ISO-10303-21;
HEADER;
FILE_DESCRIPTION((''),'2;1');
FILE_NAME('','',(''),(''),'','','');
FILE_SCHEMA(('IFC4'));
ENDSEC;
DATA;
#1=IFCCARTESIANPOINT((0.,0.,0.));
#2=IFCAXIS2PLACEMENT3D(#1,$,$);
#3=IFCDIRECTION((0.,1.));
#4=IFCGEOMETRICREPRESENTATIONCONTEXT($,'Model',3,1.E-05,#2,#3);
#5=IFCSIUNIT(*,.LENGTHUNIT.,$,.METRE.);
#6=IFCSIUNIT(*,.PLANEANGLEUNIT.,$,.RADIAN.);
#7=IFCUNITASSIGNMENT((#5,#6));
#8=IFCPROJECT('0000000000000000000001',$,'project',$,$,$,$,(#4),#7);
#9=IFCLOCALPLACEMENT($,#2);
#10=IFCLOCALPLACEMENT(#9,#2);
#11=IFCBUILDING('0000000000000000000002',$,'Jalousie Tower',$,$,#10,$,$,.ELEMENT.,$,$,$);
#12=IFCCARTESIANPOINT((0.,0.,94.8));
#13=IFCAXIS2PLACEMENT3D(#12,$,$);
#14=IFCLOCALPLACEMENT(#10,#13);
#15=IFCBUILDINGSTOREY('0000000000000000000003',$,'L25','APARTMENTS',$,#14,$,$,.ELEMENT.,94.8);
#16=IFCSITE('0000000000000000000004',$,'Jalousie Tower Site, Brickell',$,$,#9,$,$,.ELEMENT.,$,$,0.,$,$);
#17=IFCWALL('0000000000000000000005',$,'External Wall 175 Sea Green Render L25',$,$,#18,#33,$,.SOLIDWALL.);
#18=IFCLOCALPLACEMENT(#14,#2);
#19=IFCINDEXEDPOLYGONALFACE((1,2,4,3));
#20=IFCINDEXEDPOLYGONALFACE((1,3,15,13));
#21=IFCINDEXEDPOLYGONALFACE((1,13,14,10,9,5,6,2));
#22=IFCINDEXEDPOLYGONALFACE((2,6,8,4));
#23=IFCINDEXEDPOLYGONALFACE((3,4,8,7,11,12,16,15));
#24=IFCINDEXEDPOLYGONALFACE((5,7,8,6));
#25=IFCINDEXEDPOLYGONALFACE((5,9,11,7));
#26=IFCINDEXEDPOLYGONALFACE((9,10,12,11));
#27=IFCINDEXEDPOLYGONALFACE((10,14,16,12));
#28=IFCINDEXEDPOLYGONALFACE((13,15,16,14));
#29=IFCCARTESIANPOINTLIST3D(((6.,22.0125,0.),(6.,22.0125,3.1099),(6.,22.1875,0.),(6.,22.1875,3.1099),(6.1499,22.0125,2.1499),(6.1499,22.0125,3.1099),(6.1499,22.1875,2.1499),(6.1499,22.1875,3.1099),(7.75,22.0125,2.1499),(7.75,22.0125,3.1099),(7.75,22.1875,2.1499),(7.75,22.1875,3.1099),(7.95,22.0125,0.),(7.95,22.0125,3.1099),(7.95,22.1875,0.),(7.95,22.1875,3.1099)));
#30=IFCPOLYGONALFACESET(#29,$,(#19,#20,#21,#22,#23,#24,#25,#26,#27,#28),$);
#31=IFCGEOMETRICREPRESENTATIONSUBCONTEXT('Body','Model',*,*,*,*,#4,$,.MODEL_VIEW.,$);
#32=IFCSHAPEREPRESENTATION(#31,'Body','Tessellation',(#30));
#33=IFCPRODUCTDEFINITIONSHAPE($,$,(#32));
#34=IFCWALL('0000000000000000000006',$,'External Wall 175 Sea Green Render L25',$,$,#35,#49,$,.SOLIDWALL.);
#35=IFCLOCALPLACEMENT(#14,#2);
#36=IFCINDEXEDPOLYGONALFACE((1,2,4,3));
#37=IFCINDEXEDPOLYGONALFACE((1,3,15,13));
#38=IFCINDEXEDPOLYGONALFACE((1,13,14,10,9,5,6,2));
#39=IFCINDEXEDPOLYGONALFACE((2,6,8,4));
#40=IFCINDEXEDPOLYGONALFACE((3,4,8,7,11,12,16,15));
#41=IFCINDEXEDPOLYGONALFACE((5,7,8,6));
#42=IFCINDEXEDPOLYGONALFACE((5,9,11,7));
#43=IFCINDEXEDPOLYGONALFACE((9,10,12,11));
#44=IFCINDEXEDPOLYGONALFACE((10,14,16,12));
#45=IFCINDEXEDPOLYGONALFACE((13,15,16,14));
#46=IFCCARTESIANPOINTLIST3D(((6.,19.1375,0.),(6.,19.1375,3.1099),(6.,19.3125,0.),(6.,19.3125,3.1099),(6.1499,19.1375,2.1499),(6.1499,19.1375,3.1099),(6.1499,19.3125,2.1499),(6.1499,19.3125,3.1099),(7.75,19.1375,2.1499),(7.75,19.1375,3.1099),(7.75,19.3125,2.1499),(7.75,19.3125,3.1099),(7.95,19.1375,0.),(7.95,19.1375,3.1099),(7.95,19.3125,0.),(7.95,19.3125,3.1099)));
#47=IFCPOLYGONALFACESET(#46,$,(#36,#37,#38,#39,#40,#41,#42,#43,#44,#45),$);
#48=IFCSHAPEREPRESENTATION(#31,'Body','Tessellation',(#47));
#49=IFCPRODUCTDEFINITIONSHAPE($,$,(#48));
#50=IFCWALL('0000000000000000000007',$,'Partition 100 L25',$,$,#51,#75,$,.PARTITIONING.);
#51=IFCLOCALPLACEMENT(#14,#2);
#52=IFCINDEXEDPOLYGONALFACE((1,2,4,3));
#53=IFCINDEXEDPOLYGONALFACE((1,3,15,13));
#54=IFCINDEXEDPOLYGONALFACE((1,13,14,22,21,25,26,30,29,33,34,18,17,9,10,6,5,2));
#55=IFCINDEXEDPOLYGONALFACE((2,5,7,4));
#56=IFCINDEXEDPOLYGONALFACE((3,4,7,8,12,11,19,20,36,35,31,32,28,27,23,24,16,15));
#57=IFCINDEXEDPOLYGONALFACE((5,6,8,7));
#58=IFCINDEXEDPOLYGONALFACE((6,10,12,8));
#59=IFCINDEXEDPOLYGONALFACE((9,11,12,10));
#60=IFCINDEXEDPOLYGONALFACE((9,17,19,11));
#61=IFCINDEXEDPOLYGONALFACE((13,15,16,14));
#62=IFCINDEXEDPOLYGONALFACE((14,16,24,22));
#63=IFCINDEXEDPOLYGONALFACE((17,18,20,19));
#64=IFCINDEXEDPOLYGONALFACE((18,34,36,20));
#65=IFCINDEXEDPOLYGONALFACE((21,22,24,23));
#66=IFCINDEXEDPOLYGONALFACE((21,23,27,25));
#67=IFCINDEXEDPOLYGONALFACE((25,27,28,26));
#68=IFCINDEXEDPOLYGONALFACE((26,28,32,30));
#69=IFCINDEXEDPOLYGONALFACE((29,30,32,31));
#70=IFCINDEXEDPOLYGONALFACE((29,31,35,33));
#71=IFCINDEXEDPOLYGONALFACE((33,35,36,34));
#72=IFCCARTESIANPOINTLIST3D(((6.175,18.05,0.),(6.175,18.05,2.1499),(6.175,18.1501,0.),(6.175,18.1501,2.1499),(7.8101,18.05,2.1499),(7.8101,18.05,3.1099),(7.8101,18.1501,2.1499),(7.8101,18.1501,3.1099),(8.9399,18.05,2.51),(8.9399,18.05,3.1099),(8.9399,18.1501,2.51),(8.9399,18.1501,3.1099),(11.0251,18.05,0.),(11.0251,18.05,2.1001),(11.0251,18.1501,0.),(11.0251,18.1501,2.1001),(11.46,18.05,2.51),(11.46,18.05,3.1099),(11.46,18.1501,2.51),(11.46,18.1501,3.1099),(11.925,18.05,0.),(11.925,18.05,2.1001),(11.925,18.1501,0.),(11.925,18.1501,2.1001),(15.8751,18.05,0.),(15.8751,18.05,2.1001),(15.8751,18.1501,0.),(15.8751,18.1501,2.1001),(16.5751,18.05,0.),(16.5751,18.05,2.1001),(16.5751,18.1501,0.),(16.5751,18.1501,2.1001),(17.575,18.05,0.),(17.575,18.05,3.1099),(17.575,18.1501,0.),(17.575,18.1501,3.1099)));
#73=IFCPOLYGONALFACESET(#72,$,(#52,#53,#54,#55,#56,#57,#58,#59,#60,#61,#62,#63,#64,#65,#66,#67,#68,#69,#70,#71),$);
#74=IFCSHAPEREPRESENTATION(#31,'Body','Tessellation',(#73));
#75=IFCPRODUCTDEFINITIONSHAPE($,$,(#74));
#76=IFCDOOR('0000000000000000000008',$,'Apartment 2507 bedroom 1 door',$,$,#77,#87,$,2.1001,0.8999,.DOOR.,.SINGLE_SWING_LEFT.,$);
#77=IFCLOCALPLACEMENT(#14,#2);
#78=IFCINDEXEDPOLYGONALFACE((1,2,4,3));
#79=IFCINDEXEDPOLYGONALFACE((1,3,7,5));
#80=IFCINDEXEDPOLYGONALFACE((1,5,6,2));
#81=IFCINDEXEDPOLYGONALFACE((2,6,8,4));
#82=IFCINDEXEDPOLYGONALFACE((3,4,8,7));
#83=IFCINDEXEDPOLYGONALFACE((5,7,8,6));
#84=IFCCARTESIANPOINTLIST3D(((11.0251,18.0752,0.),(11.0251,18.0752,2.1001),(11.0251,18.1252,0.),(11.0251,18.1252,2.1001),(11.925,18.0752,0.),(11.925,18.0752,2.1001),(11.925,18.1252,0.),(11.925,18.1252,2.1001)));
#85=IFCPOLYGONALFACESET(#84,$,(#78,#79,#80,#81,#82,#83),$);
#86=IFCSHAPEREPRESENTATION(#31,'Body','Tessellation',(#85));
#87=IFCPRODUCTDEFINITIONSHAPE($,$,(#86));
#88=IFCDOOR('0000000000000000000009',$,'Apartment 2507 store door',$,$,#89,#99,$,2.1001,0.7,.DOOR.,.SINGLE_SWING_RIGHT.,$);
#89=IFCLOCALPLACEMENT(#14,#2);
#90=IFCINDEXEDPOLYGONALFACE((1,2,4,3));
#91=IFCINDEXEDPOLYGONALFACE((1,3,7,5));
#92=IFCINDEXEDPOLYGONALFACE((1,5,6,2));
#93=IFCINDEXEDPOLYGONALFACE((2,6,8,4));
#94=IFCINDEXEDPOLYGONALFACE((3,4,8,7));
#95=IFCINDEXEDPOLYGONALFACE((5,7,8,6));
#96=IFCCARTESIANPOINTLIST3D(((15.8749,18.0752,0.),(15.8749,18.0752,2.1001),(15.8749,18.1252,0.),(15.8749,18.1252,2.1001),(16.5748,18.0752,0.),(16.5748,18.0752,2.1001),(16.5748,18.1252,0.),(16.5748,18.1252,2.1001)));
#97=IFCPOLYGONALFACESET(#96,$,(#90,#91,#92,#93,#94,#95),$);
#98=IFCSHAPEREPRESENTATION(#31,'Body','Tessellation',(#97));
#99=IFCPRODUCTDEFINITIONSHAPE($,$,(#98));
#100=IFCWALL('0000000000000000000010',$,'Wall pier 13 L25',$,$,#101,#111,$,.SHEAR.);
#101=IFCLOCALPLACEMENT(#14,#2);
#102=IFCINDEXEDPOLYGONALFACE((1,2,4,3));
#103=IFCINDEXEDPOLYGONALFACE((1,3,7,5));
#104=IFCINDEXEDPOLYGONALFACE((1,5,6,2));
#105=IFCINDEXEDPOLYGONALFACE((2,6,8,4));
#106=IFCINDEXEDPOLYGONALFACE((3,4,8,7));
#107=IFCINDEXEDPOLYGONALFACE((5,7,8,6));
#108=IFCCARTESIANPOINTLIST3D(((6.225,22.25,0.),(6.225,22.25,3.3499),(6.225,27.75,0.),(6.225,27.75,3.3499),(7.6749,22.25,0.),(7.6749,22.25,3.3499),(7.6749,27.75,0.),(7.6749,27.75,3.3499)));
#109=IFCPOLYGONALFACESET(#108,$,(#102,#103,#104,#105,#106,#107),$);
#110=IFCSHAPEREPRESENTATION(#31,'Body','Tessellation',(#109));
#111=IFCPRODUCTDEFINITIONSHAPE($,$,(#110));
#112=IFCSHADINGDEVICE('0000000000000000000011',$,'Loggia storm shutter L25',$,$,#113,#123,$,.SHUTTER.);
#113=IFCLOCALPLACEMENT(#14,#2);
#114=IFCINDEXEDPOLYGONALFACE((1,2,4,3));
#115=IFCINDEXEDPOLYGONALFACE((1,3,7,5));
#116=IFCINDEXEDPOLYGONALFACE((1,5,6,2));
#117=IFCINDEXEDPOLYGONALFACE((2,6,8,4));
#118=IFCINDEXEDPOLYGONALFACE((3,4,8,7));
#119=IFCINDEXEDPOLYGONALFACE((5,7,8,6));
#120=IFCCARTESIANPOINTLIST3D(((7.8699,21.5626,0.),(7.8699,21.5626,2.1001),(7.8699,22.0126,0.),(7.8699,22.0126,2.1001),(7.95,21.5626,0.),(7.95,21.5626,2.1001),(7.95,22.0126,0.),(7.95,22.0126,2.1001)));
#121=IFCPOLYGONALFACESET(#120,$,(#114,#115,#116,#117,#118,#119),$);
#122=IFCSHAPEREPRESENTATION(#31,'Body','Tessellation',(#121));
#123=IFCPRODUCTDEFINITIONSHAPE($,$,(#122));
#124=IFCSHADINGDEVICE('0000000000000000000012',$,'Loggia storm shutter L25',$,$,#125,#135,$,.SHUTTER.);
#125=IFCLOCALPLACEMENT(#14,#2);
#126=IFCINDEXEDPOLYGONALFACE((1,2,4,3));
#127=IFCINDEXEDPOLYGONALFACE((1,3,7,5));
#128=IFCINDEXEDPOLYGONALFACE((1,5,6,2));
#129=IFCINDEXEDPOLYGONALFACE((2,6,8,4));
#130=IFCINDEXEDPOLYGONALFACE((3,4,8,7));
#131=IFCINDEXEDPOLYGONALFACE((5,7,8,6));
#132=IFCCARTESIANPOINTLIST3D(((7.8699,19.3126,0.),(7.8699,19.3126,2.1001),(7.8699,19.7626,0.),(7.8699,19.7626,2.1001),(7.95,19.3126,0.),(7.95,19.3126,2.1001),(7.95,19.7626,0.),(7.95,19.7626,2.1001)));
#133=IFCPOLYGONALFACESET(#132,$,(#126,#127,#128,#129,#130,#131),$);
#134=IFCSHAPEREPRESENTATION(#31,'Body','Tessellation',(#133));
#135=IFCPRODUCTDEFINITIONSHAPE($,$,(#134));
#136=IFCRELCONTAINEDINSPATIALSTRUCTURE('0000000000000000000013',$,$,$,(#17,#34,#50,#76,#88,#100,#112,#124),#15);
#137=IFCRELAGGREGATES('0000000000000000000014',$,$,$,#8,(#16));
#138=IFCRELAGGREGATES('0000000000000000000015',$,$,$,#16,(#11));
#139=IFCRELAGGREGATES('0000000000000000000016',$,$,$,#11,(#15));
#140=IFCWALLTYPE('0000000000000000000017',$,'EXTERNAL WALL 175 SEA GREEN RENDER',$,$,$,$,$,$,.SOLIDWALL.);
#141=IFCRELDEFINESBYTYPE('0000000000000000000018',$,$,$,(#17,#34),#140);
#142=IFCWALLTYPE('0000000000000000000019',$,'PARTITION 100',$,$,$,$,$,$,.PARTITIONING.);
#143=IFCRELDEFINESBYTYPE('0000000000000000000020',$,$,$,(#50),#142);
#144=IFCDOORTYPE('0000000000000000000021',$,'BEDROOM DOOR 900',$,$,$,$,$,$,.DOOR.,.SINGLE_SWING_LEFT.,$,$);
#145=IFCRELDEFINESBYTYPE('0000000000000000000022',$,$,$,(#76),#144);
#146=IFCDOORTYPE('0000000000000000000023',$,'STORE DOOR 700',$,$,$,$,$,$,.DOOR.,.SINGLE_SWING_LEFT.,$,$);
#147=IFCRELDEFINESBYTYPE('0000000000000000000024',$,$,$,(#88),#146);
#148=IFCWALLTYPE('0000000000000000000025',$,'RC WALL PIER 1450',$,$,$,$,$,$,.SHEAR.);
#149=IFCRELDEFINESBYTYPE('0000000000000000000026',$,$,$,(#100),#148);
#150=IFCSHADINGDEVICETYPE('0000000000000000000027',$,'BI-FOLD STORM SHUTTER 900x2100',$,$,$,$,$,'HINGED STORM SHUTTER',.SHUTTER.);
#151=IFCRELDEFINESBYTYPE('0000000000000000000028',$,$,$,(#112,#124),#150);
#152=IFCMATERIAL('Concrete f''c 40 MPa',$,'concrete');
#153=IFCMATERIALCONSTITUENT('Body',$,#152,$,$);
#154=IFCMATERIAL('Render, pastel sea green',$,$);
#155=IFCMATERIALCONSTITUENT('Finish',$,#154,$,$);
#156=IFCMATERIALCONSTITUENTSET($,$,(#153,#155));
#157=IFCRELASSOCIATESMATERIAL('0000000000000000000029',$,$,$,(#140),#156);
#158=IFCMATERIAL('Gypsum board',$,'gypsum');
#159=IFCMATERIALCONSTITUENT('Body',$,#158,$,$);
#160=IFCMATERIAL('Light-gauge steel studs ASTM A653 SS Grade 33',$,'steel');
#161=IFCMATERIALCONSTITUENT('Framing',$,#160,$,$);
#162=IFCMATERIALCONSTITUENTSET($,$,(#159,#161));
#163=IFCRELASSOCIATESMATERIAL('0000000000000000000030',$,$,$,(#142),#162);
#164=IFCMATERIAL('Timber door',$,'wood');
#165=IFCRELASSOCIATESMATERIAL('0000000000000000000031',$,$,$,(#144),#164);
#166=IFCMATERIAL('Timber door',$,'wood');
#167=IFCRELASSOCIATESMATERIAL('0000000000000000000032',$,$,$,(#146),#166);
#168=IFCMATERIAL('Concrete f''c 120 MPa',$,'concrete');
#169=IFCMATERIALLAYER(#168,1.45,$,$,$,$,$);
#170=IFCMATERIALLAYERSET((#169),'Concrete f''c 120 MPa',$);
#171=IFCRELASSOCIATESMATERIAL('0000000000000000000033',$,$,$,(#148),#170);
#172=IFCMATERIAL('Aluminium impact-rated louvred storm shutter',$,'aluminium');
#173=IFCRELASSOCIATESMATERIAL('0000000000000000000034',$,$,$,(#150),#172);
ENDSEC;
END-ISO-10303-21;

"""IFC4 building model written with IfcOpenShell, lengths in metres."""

from ifc_helpers import new_model, si_unit, direction, frame, frame_2d, origin, origin_2d, place, context, subcontext, project, spatial, polyline, rectangle, outline, extrude, material, layer, layer_set, constituent, constituent_set, type_object, element, fill, save


model = new_model("IFC4")

# Units and contexts
model_context = context("Model", 3, precision=1e-05, world=origin(), true_north=direction((0.0, 1.0)))
body_context = subcontext(model_context, "Body", "Model", "MODEL_VIEW")
ifc_project = project(units=[si_unit("LENGTHUNIT", "METRE"), si_unit("PLANEANGLEUNIT", "RADIAN")], contexts=[model_context])

# Site, building, storey
site_placement = place(None, origin())
site = spatial("IfcSite", under=ifc_project, at=site_placement, Name="Jalousie Tower Site, Brickell", CompositionType="ELEMENT", RefElevation=0.0)
building_placement = place(site_placement, origin())
building = spatial("IfcBuilding", under=site, at=building_placement, Name="Jalousie Tower", CompositionType="ELEMENT")
storey_placement = place(building_placement, frame((0.0, 0.0, 94.8)))
storey = spatial("IfcBuildingStorey", under=building, at=storey_placement, Name="L25", Description="APARTMENTS", CompositionType="ELEMENT", Elevation=94.8)

# Shared definitions
ifc_material_1 = material(Name="Concrete f'c 40 MPa", Category="concrete")
ifc_constituent_1 = constituent(ifc_material_1, Name="Body")
ifc_material_2 = material(Name="Render, pastel sea green")
ifc_constituent_2 = constituent(ifc_material_2, Name="Finish")
ifc_constituent_set_1 = constituent_set(constituents=[ifc_constituent_1, ifc_constituent_2])
wall_type_1 = type_object("IfcWallType", Name="EXTERNAL WALL 175 SEA GREEN RENDER", PredefinedType="SOLIDWALL", material=ifc_constituent_set_1)

# Walls
for number, where, z_axis, x_axis, name in (
    (1, (6.0, 22.1001, 0.0), (0.0, 0.0, 1.0), (1.0, 0.0, 0.0), "External Wall 175 Sea Green Render L25"),
    (2, (6.0, 19.2251, 0.0), (0.0, 0.0, 1.0), (1.0, 0.0, 0.0), "External Wall 175 Sea Green Render L25"),
):
    element("IfcWall", number, at=place(storey_placement, frame(where, z_axis=z_axis, x_axis=x_axis)), inside=storey, type_object=wall_type_1, Name=name, PredefinedType="SOLIDWALL", context=body_context, shape_type="SweptSolid", body=[
        extrude(outline(polyline([(0.0, 0.0), (1.95, 0.0), (1.95, 3.1099), (1.75, 3.1099), (1.75, 2.1499), (0.1499, 2.1499), (0.1499, 3.1099), (0.0, 3.1099), (0.0, 0.0)])), frame((0.0, 0.0874, 0.0), z_axis=(0.0, -1.0, 0.0), x_axis=(1.0, 0.0, 0.0)), (0.0, 0.0, 1.0), 0.175),
    ])

# Wall, openings, doors
ifc_material_3 = material(Name="Gypsum board", Category="gypsum")
ifc_constituent_3 = constituent(ifc_material_3, Name="Body")
ifc_material_4 = material(Name="Light-gauge steel studs ASTM A653 SS Grade 33", Category="steel")
ifc_constituent_4 = constituent(ifc_material_4, Name="Framing")
ifc_constituent_set_2 = constituent_set(constituents=[ifc_constituent_3, ifc_constituent_4])
wall_type_2 = type_object("IfcWallType", Name="PARTITION 100", PredefinedType="PARTITIONING", material=ifc_constituent_set_2)
wall_1_placement = place(storey_placement, frame((6.175, 18.1001, 0.0), z_axis=(0.0, 0.0, 1.0), x_axis=(1.0, 0.0, 0.0)))
wall_1 = element("IfcWall", 3, at=wall_1_placement, inside=storey, type_object=wall_type_2, Name="Partition 100 L25", PredefinedType="PARTITIONING", context=body_context, shape_type="SweptSolid", body=[
    extrude(outline(polyline([(0.0, 0.0), (11.3999, 0.0), (11.3999, 3.1099), (5.2849, 3.1099), (5.2849, 2.51), (2.7649, 2.51), (2.7649, 3.1099), (1.635, 3.1099), (1.635, 2.1499), (0.0, 2.1499), (0.0, 3.1099), (0.0, 0.0)])), frame((0.0, 0.05, 0.0), z_axis=(0.0, -1.0, 0.0), x_axis=(1.0, 0.0, 0.0)), (0.0, 0.0, 1.0), 0.1001),
])
opening_1_placement = place(wall_1_placement, frame((4.8501, 0.0, 0.0)))
opening_1 = element("IfcOpeningElement", 4, at=opening_1_placement, cuts=wall_1, PredefinedType="OPENING", context=body_context, shape_type="SweptSolid", body=[
    extrude(rectangle(XDim=0.8999, YDim=2.1001, at=frame_2d((0.45, 1.05))), frame((0.0, 0.0601, 0.0), z_axis=(0.0, -1.0, 0.0), x_axis=(1.0, 0.0, 0.0)), (0.0, 0.0, 1.0), 0.1201),
])
opening_2_placement = place(wall_1_placement, frame((9.7, 0.0, 0.0)))
opening_2 = element("IfcOpeningElement", 5, at=opening_2_placement, cuts=wall_1, PredefinedType="OPENING", context=body_context, shape_type="SweptSolid", body=[
    extrude(rectangle(XDim=0.7, YDim=2.1001, at=frame_2d((0.3501, 1.05))), frame((0.0, 0.0601, 0.0), z_axis=(0.0, -1.0, 0.0), x_axis=(1.0, 0.0, 0.0)), (0.0, 0.0, 1.0), 0.1201),
])
ifc_material_5 = material(Name="Timber door", Category="wood")
door_type_1 = type_object("IfcDoorType", Name="BEDROOM DOOR 900", OperationType="SINGLE_SWING_LEFT", PredefinedType="DOOR", material=ifc_material_5)
door_1_placement = place(opening_1_placement, frame((0.8999, 0.0, 0.0), z_axis=(0.0, 0.0, 1.0), x_axis=(-1.0, 0.0, 0.0)))
door_1 = element("IfcDoor", 6, at=door_1_placement, inside=storey, type_object=door_type_1, Name="Apartment 2507 bedroom 1 door", OperationType="SINGLE_SWING_LEFT", OverallHeight=2.1001, OverallWidth=0.8999, PredefinedType="DOOR", context=body_context, shape_type="SweptSolid", body=[
    extrude(rectangle(XDim=0.8999, YDim=2.1001, at=frame_2d((0.45, 1.05))), frame((0.0, 0.0249, 0.0), z_axis=(0.0, -1.0, 0.0), x_axis=(1.0, 0.0, 0.0)), (0.0, 0.0, 1.0), 0.05),
])
fill(opening_1, door_1)
ifc_material_6 = material(Name="Timber door", Category="wood")
door_type_2 = type_object("IfcDoorType", Name="STORE DOOR 700", OperationType="SINGLE_SWING_LEFT", PredefinedType="DOOR", material=ifc_material_6)
door_2_placement = place(opening_2_placement, frame((0.7, 0.0, 0.0), z_axis=(0.0, 0.0, 1.0), x_axis=(-1.0, 0.0, 0.0)))
door_2 = element("IfcDoor", 7, at=door_2_placement, inside=storey, type_object=door_type_2, Name="Apartment 2507 store door", OperationType="SINGLE_SWING_RIGHT", OverallHeight=2.1001, OverallWidth=0.7, PredefinedType="DOOR", context=body_context, shape_type="SweptSolid", body=[
    extrude(rectangle(XDim=0.7, YDim=2.1001, at=frame_2d((0.3501, 1.05))), frame((0.0, 0.0249, 0.0), z_axis=(0.0, -1.0, 0.0), x_axis=(1.0, 0.0, 0.0)), (0.0, 0.0, 1.0), 0.05),
])
fill(opening_2, door_2)

# Wall
ifc_material_7 = material(Name="Concrete f'c 120 MPa", Category="concrete")
ifc_layer_1 = layer(ifc_material_7, 1.45)
ifc_layer_set_1 = layer_set([ifc_layer_1], Name="Concrete f'c 120 MPa")
wall_type_3 = type_object("IfcWallType", Name="RC WALL PIER 1450", PredefinedType="SHEAR", material=ifc_layer_set_1)
wall_2_placement = place(storey_placement, frame((6.95, 22.25, 0.0), z_axis=(0.0, 0.0, 1.0), x_axis=(0.0, 1.0, 0.0)))
element("IfcWall", 8, at=wall_2_placement, inside=storey, type_object=wall_type_3, Name="Wall pier 13 L25", PredefinedType="SHEAR", context=body_context, shape_type="SweptSolid", body=[
    extrude(rectangle(XDim=5.5, YDim=1.45, at=frame_2d((2.75, 0.0))), origin(), (0.0, 0.0, 1.0), 3.3499),
])

# Shading devices
ifc_material_8 = material(Name="Aluminium impact-rated louvred storm shutter", Category="aluminium")
shading_device_type_1 = type_object("IfcShadingDeviceType", Name="BI-FOLD STORM SHUTTER 900x2100", ElementType="HINGED STORM SHUTTER", PredefinedType="SHUTTER", material=ifc_material_8)
for number, where, z_axis, x_axis, name in (
    (9, (7.9099, 21.7876, 0.0), (0.0, 0.0, 1.0), (0.0, -1.0, 0.0), "Loggia storm shutter L25"),
    (10, (7.9099, 19.5376, 0.0), (0.0, 0.0, 1.0), (0.0, -1.0, 0.0), "Loggia storm shutter L25"),
):
    element("IfcShadingDevice", number, at=place(storey_placement, frame(where, z_axis=z_axis, x_axis=x_axis)), inside=storey, type_object=shading_device_type_1, Name=name, PredefinedType="SHUTTER", context=body_context, shape_type="SweptSolid", body=[
        extrude(rectangle(XDim=0.45, YDim=0.0801, at=origin_2d()), origin(), (0.0, 0.0, 1.0), 2.1001),
    ])

save(model, "model.ifc")
